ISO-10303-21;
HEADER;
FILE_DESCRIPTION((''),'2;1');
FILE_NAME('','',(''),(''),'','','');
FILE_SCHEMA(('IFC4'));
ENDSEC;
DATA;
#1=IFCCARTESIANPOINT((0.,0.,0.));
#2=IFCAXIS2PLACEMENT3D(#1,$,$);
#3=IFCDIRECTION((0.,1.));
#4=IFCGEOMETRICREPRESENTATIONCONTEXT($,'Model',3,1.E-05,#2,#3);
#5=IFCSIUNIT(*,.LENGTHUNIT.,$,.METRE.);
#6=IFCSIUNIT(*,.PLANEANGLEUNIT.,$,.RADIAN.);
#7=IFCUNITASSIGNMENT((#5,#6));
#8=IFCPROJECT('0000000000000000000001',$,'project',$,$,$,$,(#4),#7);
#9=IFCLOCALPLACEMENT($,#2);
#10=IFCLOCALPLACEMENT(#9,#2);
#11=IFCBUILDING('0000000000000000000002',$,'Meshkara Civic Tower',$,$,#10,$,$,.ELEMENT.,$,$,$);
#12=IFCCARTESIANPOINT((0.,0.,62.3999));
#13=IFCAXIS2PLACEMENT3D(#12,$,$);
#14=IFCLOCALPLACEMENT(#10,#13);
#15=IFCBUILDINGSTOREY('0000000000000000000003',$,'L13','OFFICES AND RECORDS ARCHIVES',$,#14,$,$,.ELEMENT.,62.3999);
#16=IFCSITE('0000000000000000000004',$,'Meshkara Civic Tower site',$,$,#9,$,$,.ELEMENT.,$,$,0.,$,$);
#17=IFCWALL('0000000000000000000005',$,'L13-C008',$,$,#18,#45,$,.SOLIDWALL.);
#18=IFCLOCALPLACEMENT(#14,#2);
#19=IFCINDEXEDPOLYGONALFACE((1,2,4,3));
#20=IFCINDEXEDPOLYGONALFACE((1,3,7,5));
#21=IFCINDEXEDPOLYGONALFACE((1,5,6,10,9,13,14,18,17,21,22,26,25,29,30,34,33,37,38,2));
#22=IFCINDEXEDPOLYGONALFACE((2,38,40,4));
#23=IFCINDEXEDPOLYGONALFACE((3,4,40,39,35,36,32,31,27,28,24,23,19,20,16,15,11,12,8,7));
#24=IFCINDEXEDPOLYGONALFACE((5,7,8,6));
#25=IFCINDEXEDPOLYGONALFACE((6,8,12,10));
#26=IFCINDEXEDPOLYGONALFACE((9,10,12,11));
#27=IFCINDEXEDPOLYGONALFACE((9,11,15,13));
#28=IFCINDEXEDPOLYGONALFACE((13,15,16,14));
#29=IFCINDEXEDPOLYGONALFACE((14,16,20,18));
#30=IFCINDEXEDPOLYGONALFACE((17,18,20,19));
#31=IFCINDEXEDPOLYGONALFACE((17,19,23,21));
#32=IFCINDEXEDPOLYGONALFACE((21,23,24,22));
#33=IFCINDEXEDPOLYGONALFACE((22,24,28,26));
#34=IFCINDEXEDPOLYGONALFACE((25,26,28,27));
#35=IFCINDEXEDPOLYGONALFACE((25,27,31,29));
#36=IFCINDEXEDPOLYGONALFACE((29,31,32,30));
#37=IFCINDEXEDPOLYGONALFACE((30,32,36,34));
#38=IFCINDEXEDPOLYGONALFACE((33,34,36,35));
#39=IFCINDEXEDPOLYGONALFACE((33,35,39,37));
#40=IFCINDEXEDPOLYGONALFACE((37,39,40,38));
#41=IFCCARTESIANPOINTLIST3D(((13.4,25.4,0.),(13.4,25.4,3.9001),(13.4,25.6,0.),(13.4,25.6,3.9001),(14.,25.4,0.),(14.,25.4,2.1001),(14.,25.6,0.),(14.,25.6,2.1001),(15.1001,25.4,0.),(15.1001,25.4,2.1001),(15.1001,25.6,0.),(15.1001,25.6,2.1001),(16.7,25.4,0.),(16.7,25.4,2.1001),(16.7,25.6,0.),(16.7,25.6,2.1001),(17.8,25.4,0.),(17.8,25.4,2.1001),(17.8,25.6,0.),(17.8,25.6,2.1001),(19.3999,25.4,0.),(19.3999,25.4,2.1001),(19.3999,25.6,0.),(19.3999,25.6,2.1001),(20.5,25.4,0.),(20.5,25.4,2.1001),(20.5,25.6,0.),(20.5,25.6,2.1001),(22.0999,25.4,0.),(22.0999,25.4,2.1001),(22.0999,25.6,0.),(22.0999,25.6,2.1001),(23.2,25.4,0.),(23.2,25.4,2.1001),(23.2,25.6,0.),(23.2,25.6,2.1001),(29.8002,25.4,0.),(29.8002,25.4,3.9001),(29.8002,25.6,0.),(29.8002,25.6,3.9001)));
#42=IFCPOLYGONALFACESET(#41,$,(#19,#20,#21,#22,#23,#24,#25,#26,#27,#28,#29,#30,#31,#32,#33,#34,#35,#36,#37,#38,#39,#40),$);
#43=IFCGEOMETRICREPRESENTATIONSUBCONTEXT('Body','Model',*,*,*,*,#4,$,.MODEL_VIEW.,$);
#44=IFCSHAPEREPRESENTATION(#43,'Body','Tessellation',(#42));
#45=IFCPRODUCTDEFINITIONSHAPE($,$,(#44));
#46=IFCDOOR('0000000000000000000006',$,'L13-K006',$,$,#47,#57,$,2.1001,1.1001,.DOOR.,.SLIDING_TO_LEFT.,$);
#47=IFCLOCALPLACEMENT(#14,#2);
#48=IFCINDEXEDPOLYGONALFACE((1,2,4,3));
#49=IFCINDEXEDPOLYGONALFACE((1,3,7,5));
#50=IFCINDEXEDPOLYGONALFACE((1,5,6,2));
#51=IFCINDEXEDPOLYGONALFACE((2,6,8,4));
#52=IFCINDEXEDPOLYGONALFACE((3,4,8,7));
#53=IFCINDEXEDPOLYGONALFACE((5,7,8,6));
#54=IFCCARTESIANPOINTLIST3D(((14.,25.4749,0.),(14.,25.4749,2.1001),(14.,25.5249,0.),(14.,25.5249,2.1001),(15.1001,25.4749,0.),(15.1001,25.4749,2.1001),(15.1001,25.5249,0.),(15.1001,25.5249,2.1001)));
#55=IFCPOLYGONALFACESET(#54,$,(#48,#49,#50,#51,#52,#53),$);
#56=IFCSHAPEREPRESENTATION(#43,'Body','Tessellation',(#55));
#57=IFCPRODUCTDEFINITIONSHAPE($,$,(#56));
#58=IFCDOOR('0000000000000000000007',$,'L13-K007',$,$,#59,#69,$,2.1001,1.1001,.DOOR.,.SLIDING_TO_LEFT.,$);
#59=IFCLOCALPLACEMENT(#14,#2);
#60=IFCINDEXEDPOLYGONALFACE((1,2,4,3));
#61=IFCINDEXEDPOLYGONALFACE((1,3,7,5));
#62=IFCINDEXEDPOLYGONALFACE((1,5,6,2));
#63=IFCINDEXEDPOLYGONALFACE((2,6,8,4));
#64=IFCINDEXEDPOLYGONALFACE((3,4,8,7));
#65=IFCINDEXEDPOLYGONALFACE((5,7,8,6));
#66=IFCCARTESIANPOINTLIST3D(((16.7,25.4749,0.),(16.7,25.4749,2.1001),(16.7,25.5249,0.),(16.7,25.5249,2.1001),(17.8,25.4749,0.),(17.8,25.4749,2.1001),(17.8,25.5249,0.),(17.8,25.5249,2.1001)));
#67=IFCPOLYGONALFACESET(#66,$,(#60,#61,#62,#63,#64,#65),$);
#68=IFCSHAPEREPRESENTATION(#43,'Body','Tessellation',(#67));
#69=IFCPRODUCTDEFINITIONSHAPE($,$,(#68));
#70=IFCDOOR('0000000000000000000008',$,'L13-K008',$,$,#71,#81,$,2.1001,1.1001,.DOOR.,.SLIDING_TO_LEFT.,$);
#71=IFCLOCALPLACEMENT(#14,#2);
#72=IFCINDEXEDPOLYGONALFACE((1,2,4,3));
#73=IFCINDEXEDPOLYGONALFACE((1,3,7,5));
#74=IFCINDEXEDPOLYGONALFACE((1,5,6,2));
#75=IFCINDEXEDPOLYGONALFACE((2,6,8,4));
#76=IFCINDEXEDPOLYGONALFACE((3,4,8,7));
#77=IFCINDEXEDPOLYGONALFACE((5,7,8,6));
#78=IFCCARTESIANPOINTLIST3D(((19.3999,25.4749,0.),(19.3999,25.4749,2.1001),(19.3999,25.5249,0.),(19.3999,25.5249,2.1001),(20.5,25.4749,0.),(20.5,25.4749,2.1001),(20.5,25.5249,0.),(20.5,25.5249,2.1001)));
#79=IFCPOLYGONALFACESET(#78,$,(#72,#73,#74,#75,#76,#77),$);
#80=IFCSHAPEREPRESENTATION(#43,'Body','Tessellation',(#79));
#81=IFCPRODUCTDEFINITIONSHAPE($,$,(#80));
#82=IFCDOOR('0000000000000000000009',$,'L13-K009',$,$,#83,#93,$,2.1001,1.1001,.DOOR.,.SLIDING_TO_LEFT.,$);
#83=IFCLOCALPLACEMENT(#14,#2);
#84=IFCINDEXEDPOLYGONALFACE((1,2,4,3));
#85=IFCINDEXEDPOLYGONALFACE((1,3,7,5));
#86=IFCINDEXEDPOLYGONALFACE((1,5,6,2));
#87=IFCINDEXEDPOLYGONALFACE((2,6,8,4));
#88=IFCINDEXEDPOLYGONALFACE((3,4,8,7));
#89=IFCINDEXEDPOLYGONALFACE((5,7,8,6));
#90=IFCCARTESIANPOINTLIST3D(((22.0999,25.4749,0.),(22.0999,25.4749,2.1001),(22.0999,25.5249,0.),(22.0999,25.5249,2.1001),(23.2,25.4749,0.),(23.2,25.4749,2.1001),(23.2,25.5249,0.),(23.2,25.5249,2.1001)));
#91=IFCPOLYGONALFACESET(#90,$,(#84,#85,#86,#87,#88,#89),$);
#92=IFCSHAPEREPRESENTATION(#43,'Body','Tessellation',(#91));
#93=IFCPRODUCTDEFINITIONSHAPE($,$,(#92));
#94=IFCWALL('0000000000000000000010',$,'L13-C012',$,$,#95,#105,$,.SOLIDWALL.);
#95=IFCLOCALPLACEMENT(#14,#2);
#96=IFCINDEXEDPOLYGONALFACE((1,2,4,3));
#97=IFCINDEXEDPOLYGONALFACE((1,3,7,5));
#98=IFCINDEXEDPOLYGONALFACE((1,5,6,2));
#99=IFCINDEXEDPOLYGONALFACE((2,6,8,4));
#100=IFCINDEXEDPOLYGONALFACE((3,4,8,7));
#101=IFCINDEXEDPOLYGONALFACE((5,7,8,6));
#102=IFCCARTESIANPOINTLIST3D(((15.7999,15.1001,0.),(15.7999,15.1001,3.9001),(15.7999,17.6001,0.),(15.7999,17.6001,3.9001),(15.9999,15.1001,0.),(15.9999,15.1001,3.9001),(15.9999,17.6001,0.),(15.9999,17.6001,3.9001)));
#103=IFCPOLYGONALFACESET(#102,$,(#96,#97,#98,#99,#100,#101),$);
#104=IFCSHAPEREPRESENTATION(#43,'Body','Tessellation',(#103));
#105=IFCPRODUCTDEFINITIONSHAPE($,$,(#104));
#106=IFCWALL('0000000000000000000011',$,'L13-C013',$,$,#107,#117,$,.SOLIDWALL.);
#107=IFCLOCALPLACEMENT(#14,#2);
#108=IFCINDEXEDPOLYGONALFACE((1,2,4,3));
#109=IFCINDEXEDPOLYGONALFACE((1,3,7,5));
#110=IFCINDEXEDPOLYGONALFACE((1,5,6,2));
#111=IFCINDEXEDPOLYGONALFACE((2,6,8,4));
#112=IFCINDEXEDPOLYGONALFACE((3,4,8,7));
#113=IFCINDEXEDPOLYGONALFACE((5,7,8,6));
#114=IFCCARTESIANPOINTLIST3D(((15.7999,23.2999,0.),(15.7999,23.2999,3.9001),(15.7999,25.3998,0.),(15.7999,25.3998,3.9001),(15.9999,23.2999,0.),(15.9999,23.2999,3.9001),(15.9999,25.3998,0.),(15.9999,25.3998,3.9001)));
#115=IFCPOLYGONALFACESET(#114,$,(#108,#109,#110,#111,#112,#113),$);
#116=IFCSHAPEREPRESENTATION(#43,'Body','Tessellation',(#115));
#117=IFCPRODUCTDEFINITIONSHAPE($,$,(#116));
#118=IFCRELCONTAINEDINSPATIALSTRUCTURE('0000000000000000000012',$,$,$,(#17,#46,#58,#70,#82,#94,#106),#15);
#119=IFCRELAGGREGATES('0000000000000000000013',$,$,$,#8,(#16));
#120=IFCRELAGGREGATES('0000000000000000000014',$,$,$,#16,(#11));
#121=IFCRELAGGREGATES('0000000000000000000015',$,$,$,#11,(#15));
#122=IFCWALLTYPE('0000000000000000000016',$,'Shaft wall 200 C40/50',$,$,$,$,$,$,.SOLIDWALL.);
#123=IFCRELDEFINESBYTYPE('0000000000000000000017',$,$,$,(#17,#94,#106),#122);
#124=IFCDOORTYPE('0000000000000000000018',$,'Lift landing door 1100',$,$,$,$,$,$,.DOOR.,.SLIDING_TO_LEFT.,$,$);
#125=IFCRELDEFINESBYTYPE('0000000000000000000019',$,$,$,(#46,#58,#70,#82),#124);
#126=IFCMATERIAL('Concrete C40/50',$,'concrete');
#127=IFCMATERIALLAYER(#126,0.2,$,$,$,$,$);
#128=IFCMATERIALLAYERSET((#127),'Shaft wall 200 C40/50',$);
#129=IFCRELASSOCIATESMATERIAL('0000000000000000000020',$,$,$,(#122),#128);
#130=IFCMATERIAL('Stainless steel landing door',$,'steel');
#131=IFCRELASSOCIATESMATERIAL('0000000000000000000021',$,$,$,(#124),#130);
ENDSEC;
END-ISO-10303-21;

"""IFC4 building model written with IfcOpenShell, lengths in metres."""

from ifc_helpers import new_model, si_unit, direction, frame, frame_2d, origin, place, context, subcontext, project, spatial, rectangle, extrude, material, layer, layer_set, type_object, element, fill, save


model = new_model("IFC4")

# Units and contexts
model_context = context("Model", 3, precision=1e-05, world=origin(), true_north=direction((0.0, 1.0)))
body_context = subcontext(model_context, "Body", "Model", "MODEL_VIEW")
ifc_project = project(units=[si_unit("LENGTHUNIT", "METRE"), si_unit("PLANEANGLEUNIT", "RADIAN")], contexts=[model_context])

# Site, building, storey
site_placement = place(None, origin())
site = spatial("IfcSite", under=ifc_project, at=site_placement, Name="Meshkara Civic Tower site", CompositionType="ELEMENT", RefElevation=0.0)
building_placement = place(site_placement, origin())
building = spatial("IfcBuilding", under=site, at=building_placement, Name="Meshkara Civic Tower", CompositionType="ELEMENT")
storey_placement = place(building_placement, frame((0.0, 0.0, 62.3999)))
storey = spatial("IfcBuildingStorey", under=building, at=storey_placement, Name="L13", Description="OFFICES AND RECORDS ARCHIVES", CompositionType="ELEMENT", Elevation=62.3999)

# Wall, openings, doors
ifc_material_1 = material(Name="Concrete C40/50", Category="concrete")
ifc_layer_1 = layer(ifc_material_1, 0.2)
ifc_layer_set_1 = layer_set([ifc_layer_1], Name="Shaft wall 200 C40/50")
wall_type_1 = type_object("IfcWallType", Name="Shaft wall 200 C40/50", PredefinedType="SOLIDWALL", material=ifc_layer_set_1)
ifc_material_2 = material(Name="Stainless steel landing door", Category="steel")
door_type_1 = type_object("IfcDoorType", Name="Lift landing door 1100", OperationType="SLIDING_TO_LEFT", PredefinedType="DOOR", material=ifc_material_2)
wall_1_placement = place(storey_placement, frame((13.3999, 25.5, 0.0), z_axis=(0.0, 0.0, 1.0), x_axis=(1.0, 0.0, 0.0)))
wall_1 = element("IfcWall", 1, at=wall_1_placement, inside=storey, type_object=wall_type_1, Name="L13-C008", PredefinedType="SOLIDWALL", context=body_context, shape_type="SweptSolid", body=[
    extrude(rectangle(XDim=16.4001, YDim=0.2, at=frame_2d((8.2002, 0.0))), origin(), (0.0, 0.0, 1.0), 3.9001),
])
opening_1_placement = place(wall_1_placement, frame((0.6001, 0.0, 0.0)))
opening_1 = element("IfcOpeningElement", 2, at=opening_1_placement, cuts=wall_1, PredefinedType="OPENING", context=body_context, shape_type="SweptSolid", body=[
    extrude(rectangle(XDim=1.1001, YDim=2.1001, at=frame_2d((0.55, 1.05))), frame((0.0, 0.1099, 0.0), z_axis=(0.0, -1.0, 0.0), x_axis=(1.0, 0.0, 0.0)), (0.0, 0.0, 1.0), 0.22),
])
opening_2_placement = place(wall_1_placement, frame((3.3, 0.0, 0.0)))
opening_2 = element("IfcOpeningElement", 3, at=opening_2_placement, cuts=wall_1, PredefinedType="OPENING", context=body_context, shape_type="SweptSolid", body=[
    extrude(rectangle(XDim=1.1001, YDim=2.1001, at=frame_2d((0.55, 1.05))), frame((0.0, 0.1099, 0.0), z_axis=(0.0, -1.0, 0.0), x_axis=(1.0, 0.0, 0.0)), (0.0, 0.0, 1.0), 0.22),
])
opening_3_placement = place(wall_1_placement, frame((6.0, 0.0, 0.0)))
opening_3 = element("IfcOpeningElement", 4, at=opening_3_placement, cuts=wall_1, PredefinedType="OPENING", context=body_context, shape_type="SweptSolid", body=[
    extrude(rectangle(XDim=1.1001, YDim=2.1001, at=frame_2d((0.55, 1.05))), frame((0.0, 0.1099, 0.0), z_axis=(0.0, -1.0, 0.0), x_axis=(1.0, 0.0, 0.0)), (0.0, 0.0, 1.0), 0.22),
])
opening_4_placement = place(wall_1_placement, frame((8.7, 0.0, 0.0)))
opening_4 = element("IfcOpeningElement", 5, at=opening_4_placement, cuts=wall_1, PredefinedType="OPENING", context=body_context, shape_type="SweptSolid", body=[
    extrude(rectangle(XDim=1.1001, YDim=2.1001, at=frame_2d((0.55, 1.05))), frame((0.0, 0.1099, 0.0), z_axis=(0.0, -1.0, 0.0), x_axis=(1.0, 0.0, 0.0)), (0.0, 0.0, 1.0), 0.22),
])
door_1_placement = place(opening_1_placement, origin())
door_1 = element("IfcDoor", 6, at=door_1_placement, inside=storey, type_object=door_type_1, Name="L13-K006", OperationType="SLIDING_TO_LEFT", OverallHeight=2.1001, OverallWidth=1.1001, PredefinedType="DOOR", context=body_context, shape_type="SweptSolid", body=[
    extrude(rectangle(XDim=1.1001, YDim=2.1001, at=frame_2d((0.55, 1.05))), frame((0.0, 0.0249, 0.0), z_axis=(0.0, -1.0, 0.0), x_axis=(1.0, 0.0, 0.0)), (0.0, 0.0, 1.0), 0.05),
])
fill(opening_1, door_1)
door_2_placement = place(opening_2_placement, origin())
door_2 = element("IfcDoor", 7, at=door_2_placement, inside=storey, type_object=door_type_1, Name="L13-K007", OperationType="SLIDING_TO_LEFT", OverallHeight=2.1001, OverallWidth=1.1001, PredefinedType="DOOR", context=body_context, shape_type="SweptSolid", body=[
    extrude(rectangle(XDim=1.1001, YDim=2.1001, at=frame_2d((0.55, 1.05))), frame((0.0, 0.0249, 0.0), z_axis=(0.0, -1.0, 0.0), x_axis=(1.0, 0.0, 0.0)), (0.0, 0.0, 1.0), 0.05),
])
fill(opening_2, door_2)
door_3_placement = place(opening_3_placement, origin())
door_3 = element("IfcDoor", 8, at=door_3_placement, inside=storey, type_object=door_type_1, Name="L13-K008", OperationType="SLIDING_TO_LEFT", OverallHeight=2.1001, OverallWidth=1.1001, PredefinedType="DOOR", context=body_context, shape_type="SweptSolid", body=[
    extrude(rectangle(XDim=1.1001, YDim=2.1001, at=frame_2d((0.55, 1.05))), frame((0.0, 0.0249, 0.0), z_axis=(0.0, -1.0, 0.0), x_axis=(1.0, 0.0, 0.0)), (0.0, 0.0, 1.0), 0.05),
])
fill(opening_3, door_3)
door_4_placement = place(opening_4_placement, origin())
door_4 = element("IfcDoor", 9, at=door_4_placement, inside=storey, type_object=door_type_1, Name="L13-K009", OperationType="SLIDING_TO_LEFT", OverallHeight=2.1001, OverallWidth=1.1001, PredefinedType="DOOR", context=body_context, shape_type="SweptSolid", body=[
    extrude(rectangle(XDim=1.1001, YDim=2.1001, at=frame_2d((0.55, 1.05))), frame((0.0, 0.0249, 0.0), z_axis=(0.0, -1.0, 0.0), x_axis=(1.0, 0.0, 0.0)), (0.0, 0.0, 1.0), 0.05),
])
fill(opening_4, door_4)

# Walls
wall_2_placement = place(storey_placement, frame((15.8999, 15.1001, 0.0), z_axis=(0.0, 0.0, 1.0), x_axis=(0.0, 1.0, 0.0)))
element("IfcWall", 10, at=wall_2_placement, inside=storey, type_object=wall_type_1, Name="L13-C012", PredefinedType="SOLIDWALL", context=body_context, shape_type="SweptSolid", body=[
    extrude(rectangle(XDim=2.5, YDim=0.2, at=frame_2d((1.25, 0.0))), origin(), (0.0, 0.0, 1.0), 3.9001),
])
wall_3_placement = place(storey_placement, frame((15.8999, 23.3, 0.0), z_axis=(0.0, 0.0, 1.0), x_axis=(0.0, 1.0, 0.0)))
element("IfcWall", 11, at=wall_3_placement, inside=storey, type_object=wall_type_1, Name="L13-C013", PredefinedType="SOLIDWALL", context=body_context, shape_type="SweptSolid", body=[
    extrude(rectangle(XDim=2.0999, YDim=0.2, at=frame_2d((1.0498, 0.0))), origin(), (0.0, 0.0, 1.0), 3.9001),
])

save(model, "model.ifc")
